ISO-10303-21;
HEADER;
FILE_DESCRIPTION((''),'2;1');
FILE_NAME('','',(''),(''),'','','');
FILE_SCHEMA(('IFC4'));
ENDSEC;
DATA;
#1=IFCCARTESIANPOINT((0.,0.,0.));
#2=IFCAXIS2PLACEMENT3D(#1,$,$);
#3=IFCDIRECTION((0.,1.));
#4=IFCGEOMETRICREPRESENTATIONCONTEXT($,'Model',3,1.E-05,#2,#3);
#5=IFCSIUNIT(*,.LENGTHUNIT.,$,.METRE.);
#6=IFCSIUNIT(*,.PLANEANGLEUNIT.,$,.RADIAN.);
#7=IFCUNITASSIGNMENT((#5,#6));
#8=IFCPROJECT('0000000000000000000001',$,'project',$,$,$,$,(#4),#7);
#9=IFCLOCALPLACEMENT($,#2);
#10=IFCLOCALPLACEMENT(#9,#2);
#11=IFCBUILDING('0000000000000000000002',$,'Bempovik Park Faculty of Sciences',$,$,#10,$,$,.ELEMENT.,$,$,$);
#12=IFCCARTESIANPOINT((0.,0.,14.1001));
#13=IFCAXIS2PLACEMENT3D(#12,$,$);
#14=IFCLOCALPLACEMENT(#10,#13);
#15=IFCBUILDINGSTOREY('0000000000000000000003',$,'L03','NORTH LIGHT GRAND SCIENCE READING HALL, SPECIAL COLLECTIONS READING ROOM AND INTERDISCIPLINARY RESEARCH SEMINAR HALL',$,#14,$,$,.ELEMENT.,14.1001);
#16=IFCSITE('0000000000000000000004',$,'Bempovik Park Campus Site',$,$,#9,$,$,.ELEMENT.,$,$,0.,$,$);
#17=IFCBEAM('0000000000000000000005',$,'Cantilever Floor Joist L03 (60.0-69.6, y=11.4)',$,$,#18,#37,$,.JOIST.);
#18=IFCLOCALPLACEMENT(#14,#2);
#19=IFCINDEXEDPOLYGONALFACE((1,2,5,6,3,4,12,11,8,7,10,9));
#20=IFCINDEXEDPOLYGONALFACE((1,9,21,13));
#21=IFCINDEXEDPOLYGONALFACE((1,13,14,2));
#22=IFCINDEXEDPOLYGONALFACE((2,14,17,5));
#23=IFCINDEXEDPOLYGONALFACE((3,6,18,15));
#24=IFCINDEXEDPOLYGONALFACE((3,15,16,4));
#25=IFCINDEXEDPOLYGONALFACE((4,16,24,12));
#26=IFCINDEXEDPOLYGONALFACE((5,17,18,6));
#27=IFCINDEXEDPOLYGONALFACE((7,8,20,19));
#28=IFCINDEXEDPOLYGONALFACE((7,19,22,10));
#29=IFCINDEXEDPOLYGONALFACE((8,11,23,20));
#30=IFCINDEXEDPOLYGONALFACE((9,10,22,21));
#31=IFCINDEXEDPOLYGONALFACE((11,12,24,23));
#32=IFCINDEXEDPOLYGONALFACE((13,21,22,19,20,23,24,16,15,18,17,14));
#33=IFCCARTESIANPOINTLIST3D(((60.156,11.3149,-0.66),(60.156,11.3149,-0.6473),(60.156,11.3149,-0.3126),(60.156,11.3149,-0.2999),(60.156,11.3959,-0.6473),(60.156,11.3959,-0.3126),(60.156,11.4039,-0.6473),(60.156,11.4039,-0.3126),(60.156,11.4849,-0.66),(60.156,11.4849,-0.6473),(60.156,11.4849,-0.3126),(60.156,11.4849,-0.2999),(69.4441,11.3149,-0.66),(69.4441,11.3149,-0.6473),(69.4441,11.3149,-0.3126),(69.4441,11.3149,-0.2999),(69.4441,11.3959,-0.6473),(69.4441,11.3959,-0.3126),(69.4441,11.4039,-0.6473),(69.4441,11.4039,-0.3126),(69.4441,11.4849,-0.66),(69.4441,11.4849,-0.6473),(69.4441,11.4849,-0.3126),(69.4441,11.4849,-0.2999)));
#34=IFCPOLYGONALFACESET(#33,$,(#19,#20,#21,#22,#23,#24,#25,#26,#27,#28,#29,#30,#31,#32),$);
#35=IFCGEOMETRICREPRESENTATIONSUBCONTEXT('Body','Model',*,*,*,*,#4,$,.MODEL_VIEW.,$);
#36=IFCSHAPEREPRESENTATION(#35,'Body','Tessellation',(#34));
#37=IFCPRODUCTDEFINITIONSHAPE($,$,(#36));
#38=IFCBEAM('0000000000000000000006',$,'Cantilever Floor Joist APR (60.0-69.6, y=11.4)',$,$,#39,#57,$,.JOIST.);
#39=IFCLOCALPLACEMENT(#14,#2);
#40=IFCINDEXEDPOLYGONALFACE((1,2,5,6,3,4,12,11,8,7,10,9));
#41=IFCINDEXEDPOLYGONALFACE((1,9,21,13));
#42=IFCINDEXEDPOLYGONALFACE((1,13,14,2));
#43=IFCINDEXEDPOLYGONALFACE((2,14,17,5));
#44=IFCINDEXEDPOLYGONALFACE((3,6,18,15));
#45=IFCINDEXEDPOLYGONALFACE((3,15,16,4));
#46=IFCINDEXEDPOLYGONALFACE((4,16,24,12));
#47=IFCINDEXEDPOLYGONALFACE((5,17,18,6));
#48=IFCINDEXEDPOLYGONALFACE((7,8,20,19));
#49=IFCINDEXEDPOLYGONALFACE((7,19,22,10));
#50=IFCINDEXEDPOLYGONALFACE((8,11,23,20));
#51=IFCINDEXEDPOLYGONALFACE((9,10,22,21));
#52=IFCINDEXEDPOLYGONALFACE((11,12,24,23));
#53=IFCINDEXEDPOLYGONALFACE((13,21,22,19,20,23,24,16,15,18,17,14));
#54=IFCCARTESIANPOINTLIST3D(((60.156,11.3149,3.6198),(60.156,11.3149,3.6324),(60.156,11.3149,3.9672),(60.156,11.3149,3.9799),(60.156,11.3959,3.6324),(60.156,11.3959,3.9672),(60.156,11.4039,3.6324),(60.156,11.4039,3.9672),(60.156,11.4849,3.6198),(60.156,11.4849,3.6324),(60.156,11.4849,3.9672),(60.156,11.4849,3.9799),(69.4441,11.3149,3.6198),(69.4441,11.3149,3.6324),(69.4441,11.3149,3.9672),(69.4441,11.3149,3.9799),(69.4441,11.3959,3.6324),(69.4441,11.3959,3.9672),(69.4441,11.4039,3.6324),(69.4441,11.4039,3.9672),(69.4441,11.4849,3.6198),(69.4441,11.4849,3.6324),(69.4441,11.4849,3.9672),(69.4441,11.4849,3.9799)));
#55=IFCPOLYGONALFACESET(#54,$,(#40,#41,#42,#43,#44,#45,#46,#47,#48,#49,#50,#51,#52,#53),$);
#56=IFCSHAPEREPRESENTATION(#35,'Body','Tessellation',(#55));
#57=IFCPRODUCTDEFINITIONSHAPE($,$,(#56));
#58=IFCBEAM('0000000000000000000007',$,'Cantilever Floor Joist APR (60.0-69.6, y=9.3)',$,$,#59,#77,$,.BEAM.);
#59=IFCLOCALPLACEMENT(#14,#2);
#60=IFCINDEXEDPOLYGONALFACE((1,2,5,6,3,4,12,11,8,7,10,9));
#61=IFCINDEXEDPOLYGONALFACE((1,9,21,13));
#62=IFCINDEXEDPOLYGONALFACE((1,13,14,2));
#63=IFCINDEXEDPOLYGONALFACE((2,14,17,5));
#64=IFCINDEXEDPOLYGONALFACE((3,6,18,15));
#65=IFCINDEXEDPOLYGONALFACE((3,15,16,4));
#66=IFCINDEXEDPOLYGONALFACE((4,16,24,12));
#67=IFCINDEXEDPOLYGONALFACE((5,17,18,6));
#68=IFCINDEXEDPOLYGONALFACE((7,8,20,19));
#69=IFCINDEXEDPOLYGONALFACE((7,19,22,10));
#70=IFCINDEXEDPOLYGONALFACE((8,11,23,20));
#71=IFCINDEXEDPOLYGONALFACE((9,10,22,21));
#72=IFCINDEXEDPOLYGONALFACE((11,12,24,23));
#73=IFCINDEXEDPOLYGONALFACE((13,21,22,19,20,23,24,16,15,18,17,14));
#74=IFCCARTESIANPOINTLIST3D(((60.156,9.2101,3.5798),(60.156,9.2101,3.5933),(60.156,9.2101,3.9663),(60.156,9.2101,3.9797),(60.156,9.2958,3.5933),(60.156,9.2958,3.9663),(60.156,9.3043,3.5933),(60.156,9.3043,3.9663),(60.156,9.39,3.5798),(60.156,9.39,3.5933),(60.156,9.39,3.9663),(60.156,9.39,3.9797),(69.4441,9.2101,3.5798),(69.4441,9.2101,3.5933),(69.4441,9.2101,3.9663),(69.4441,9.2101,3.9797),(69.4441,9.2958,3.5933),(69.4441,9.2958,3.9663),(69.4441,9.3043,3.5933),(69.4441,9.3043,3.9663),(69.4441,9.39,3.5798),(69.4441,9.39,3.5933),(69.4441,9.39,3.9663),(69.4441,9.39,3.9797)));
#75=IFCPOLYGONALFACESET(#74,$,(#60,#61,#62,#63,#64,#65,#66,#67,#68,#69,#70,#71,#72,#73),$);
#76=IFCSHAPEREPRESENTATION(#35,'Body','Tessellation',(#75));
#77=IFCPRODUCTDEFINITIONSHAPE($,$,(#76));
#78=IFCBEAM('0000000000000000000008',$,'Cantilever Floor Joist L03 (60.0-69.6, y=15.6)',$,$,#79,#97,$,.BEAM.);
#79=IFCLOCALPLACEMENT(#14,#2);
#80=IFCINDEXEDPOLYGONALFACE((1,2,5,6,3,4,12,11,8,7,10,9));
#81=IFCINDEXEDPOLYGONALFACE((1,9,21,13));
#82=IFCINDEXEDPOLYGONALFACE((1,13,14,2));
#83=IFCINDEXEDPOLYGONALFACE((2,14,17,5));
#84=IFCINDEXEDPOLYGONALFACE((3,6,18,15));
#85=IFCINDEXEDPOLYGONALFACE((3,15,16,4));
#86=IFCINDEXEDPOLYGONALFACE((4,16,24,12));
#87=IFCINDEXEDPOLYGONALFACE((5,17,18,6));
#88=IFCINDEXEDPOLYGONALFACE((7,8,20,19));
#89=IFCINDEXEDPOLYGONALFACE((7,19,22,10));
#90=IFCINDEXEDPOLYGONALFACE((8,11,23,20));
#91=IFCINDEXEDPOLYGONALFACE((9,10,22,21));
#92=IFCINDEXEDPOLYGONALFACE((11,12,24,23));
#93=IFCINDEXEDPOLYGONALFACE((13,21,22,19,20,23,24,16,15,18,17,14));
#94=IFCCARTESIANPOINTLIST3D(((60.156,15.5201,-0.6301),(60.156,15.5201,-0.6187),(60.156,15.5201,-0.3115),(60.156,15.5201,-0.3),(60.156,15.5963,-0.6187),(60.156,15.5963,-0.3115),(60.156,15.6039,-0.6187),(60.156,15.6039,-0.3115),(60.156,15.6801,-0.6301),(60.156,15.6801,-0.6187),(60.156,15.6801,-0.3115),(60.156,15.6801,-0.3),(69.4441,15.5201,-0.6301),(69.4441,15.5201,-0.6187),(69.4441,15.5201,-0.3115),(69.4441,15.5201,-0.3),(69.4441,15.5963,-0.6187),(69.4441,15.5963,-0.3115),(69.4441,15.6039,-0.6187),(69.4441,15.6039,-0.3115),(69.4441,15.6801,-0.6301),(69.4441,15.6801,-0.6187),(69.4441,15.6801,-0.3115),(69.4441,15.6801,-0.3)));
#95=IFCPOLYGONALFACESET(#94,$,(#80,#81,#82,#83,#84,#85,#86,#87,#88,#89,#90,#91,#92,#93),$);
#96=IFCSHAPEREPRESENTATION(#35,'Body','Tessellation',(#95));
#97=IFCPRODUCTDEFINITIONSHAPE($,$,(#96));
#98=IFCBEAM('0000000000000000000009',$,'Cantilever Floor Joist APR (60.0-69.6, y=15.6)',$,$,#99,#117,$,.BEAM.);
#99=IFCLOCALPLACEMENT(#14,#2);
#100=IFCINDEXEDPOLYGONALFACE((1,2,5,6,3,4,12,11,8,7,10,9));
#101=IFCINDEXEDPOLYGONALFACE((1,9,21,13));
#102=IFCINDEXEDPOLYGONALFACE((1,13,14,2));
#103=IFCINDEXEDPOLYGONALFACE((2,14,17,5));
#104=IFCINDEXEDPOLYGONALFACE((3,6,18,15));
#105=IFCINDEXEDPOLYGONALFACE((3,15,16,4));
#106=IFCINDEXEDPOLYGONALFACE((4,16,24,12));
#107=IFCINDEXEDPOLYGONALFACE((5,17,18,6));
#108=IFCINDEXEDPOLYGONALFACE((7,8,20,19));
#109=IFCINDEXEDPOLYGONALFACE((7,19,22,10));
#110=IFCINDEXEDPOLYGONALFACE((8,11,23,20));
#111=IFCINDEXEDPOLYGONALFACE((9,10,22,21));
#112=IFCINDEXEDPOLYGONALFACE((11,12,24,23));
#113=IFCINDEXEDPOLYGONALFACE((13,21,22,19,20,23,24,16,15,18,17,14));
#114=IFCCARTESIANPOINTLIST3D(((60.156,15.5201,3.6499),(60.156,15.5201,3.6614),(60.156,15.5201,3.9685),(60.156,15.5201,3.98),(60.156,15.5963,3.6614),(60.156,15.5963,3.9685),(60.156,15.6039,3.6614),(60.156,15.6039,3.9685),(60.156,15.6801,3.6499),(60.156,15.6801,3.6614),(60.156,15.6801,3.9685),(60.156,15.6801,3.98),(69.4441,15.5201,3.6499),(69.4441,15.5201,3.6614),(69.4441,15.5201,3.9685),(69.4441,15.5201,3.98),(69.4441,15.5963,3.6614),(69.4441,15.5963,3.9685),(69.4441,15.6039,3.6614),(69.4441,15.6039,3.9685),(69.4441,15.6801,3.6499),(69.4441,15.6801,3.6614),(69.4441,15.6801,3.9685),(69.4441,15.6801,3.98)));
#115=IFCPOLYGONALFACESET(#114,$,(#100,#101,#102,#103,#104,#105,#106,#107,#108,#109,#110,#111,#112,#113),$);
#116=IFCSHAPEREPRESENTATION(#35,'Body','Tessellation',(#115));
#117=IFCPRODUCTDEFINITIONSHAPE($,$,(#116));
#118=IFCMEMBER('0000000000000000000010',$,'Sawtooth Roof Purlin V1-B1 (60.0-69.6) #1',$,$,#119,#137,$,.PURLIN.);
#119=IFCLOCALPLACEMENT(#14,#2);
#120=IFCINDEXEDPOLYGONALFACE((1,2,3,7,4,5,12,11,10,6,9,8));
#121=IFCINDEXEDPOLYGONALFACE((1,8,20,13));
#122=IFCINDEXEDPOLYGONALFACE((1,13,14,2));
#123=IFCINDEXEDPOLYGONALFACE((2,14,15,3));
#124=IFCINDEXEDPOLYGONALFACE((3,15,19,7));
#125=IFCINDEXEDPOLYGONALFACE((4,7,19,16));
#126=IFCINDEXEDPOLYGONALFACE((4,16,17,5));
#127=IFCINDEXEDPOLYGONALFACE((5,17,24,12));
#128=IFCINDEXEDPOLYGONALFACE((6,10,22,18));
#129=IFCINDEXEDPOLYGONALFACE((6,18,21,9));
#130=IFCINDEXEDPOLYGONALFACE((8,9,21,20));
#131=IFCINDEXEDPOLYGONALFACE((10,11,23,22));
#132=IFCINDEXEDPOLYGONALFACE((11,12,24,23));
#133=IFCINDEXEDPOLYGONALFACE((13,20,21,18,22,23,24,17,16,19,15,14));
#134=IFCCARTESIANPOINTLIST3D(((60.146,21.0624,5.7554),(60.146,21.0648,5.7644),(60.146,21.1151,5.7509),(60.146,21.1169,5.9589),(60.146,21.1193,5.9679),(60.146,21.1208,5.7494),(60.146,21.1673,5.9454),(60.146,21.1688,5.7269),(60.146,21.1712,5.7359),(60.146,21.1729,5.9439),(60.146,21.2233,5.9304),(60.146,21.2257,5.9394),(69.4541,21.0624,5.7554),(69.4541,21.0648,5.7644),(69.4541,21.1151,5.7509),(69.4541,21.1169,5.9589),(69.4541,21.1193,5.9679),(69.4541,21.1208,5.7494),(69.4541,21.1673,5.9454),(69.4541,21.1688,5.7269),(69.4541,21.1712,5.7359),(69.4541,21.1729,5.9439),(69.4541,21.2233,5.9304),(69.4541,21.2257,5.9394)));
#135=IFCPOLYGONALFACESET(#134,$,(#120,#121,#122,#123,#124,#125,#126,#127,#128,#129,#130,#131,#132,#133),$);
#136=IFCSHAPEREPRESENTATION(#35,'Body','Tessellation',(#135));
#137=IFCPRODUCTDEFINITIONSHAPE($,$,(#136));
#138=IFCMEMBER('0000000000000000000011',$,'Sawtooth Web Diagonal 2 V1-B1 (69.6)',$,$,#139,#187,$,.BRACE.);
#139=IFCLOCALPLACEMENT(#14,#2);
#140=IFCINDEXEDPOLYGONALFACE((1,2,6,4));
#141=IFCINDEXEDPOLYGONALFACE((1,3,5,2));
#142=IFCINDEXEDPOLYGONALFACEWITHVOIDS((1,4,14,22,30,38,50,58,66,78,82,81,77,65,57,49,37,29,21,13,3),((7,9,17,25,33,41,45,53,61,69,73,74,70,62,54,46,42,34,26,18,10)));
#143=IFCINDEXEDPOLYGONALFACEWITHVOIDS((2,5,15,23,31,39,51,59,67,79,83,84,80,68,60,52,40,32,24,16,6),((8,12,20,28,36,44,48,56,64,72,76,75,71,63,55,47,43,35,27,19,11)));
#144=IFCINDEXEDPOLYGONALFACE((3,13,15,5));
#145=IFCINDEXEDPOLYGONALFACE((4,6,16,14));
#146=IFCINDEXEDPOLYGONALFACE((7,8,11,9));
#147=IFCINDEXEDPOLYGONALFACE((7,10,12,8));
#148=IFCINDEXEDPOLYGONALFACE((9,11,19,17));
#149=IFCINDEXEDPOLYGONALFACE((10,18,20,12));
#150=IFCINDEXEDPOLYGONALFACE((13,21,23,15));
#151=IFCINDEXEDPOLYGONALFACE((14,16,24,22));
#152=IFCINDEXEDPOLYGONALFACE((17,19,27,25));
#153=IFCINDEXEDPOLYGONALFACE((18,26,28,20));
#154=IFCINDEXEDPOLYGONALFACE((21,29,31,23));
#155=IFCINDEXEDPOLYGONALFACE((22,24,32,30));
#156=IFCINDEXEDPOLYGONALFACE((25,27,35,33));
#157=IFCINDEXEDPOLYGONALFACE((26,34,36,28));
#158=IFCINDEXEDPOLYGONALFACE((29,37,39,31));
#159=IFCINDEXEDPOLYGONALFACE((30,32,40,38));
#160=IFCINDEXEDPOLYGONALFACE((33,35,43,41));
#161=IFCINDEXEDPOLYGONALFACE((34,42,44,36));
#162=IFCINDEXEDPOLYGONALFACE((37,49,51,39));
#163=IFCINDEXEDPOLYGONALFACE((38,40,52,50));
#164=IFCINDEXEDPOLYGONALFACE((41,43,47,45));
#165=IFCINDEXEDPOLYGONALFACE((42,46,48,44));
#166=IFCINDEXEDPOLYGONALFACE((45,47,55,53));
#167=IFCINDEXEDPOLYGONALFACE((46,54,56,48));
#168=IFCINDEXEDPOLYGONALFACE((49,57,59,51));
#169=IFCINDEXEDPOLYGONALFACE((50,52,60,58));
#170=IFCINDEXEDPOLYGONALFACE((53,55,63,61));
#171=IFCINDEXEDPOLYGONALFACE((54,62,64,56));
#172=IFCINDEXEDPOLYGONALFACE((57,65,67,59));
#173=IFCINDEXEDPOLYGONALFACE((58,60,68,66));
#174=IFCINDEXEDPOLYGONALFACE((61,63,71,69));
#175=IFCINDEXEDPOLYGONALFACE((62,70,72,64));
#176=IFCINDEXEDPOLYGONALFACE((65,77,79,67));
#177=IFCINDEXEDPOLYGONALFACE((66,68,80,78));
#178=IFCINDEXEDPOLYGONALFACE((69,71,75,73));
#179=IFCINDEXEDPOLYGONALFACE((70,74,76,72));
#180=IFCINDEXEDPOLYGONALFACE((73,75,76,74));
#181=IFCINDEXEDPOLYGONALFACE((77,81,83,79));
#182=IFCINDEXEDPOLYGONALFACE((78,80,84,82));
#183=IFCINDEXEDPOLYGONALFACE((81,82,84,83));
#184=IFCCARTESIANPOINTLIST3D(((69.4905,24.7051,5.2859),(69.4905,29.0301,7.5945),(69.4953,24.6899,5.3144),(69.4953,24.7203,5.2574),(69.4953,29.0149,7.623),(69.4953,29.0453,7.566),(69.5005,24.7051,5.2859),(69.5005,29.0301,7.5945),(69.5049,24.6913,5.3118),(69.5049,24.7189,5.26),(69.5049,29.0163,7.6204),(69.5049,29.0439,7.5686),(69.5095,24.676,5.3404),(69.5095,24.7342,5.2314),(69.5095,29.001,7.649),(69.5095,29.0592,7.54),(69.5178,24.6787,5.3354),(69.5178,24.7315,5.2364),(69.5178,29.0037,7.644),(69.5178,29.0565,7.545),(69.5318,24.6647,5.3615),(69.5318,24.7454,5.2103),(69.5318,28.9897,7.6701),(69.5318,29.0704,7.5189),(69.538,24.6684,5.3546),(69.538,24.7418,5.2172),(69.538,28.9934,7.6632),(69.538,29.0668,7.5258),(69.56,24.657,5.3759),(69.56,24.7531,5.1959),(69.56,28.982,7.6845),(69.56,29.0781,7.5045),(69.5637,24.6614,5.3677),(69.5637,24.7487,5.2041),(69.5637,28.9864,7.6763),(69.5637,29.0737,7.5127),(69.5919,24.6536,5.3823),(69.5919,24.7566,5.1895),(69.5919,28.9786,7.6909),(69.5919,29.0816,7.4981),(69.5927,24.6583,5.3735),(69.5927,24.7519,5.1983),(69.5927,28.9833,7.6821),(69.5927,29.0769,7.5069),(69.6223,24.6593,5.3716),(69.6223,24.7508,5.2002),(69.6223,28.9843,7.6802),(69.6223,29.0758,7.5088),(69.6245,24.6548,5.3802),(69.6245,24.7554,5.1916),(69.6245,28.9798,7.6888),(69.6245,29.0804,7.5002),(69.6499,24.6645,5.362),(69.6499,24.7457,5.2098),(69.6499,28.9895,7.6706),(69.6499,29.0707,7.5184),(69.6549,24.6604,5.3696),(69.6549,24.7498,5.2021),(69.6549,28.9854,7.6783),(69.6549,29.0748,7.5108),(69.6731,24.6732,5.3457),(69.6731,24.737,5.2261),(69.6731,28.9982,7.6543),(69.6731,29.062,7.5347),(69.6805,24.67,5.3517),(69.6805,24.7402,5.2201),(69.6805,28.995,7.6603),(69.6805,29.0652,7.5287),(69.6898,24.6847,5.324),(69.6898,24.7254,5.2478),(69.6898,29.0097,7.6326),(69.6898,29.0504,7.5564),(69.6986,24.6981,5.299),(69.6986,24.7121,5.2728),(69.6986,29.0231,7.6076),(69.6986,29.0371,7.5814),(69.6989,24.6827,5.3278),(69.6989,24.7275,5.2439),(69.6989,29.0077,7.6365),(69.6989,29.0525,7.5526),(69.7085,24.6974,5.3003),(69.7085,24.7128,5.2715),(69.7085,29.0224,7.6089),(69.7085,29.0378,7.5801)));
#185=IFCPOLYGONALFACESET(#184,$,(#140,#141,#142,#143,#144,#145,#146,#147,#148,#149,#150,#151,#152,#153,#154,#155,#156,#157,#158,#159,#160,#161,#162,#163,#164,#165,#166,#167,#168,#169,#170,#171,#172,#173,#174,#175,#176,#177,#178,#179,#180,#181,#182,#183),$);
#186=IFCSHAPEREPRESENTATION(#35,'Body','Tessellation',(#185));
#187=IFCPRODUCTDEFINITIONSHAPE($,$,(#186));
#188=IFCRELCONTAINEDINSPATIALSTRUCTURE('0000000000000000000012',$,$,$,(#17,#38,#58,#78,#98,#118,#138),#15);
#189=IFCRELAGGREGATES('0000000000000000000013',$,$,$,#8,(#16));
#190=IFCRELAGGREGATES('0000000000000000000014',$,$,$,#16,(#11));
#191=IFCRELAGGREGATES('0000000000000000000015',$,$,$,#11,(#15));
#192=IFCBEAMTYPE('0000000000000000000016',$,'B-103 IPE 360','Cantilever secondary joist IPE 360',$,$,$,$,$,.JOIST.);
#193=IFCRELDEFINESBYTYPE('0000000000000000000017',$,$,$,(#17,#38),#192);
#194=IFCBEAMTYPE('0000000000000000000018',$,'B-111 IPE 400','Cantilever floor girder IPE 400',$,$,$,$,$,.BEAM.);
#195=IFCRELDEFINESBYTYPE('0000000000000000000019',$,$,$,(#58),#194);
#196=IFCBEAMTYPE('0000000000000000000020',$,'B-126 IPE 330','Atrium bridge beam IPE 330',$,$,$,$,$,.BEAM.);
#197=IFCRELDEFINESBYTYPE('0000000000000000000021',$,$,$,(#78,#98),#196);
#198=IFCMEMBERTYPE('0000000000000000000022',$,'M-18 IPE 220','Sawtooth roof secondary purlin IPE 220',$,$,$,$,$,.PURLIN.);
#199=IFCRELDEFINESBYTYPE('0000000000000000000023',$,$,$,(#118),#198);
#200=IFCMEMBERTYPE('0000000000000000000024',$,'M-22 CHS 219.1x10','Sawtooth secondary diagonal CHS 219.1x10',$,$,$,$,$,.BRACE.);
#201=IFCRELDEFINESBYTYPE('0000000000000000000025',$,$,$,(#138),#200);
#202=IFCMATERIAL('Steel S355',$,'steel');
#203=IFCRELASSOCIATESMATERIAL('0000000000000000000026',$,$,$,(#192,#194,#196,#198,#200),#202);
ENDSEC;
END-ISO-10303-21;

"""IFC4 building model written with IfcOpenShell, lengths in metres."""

from ifc_helpers import new_model, si_unit, direction, frame, origin, origin_2d, place, context, subcontext, project, spatial, hollow_circle, i_section, extrude, material, material_profile, profile_set, type_object, element, save


model = new_model("IFC4")

# Units and contexts
model_context = context("Model", 3, precision=1e-05, world=origin(), true_north=direction((0.0, 1.0)))
body_context = subcontext(model_context, "Body", "Model", "MODEL_VIEW")
ifc_project = project(units=[si_unit("LENGTHUNIT", "METRE"), si_unit("PLANEANGLEUNIT", "RADIAN")], contexts=[model_context])

# Site, building, storey
site_placement = place(None, origin())
site = spatial("IfcSite", under=ifc_project, at=site_placement, Name="Bempovik Park Campus Site", CompositionType="ELEMENT", RefElevation=0.0)
building_placement = place(site_placement, origin())
building = spatial("IfcBuilding", under=site, at=building_placement, Name="Bempovik Park Faculty of Sciences", CompositionType="ELEMENT")
storey_placement = place(building_placement, frame((0.0, 0.0, 14.1001)))
storey = spatial("IfcBuildingStorey", under=building, at=storey_placement, Name="L03", Description="NORTH LIGHT GRAND SCIENCE READING HALL, SPECIAL COLLECTIONS READING ROOM AND INTERDISCIPLINARY RESEARCH SEMINAR HALL", CompositionType="ELEMENT", Elevation=14.1001)

# Shared definitions
ifc_material_1 = material(Name="Steel S355", Category="steel")

# Beams
ifc_material_profile_1 = material_profile(ifc_material_1, i_section(OverallWidth=0.1699, OverallDepth=0.3601, WebThickness=0.0081, FlangeThickness=0.0127, at=origin_2d()), Name="IPE 360")
ifc_profile_set_1 = profile_set([ifc_material_profile_1], Name="Steel S355")
beam_type_1 = type_object("IfcBeamType", Name="B-103 IPE 360", Description="Cantilever secondary joist IPE 360", PredefinedType="JOIST", material=ifc_profile_set_1)
for number, where, z_axis, x_axis, name in (
    (1, (60.156, 11.3999, -0.48), (1.0, 0.0, 0.0), (0.0, 1.0, 0.0), "Cantilever Floor Joist L03 (60.0-69.6, y=11.4)"),
    (2, (60.156, 11.3999, 3.7998), (1.0, 0.0, 0.0), (0.0, 1.0, 0.0), "Cantilever Floor Joist APR (60.0-69.6, y=11.4)"),
):
    element("IfcBeam", number, at=place(storey_placement, frame(where, z_axis=z_axis, x_axis=x_axis)), inside=storey, type_object=beam_type_1, Name=name, PredefinedType="JOIST", context=body_context, shape_type="SweptSolid", body=[
        extrude(i_section(OverallWidth=0.1699, OverallDepth=0.3601, WebThickness=0.0081, FlangeThickness=0.0127, at=origin_2d()), origin(), (0.0, 0.0, 1.0), 9.2881),
    ])
ifc_material_profile_2 = material_profile(ifc_material_1, i_section(OverallWidth=0.1799, OverallDepth=0.3999, WebThickness=0.0085, FlangeThickness=0.0134, at=origin_2d()), Name="IPE 400")
ifc_profile_set_2 = profile_set([ifc_material_profile_2], Name="Steel S355")
beam_type_2 = type_object("IfcBeamType", Name="B-111 IPE 400", Description="Cantilever floor girder IPE 400", PredefinedType="BEAM", material=ifc_profile_set_2)
beam_1_placement = place(storey_placement, frame((60.156, 9.3, 3.7798), z_axis=(1.0, 0.0, 0.0), x_axis=(0.0, 1.0, 0.0)))
element("IfcBeam", 3, at=beam_1_placement, inside=storey, type_object=beam_type_2, Name="Cantilever Floor Joist APR (60.0-69.6, y=9.3)", PredefinedType="BEAM", context=body_context, shape_type="SweptSolid", body=[
    extrude(i_section(OverallWidth=0.1799, OverallDepth=0.3999, WebThickness=0.0085, FlangeThickness=0.0134, at=origin_2d()), origin(), (0.0, 0.0, 1.0), 9.2881),
])
ifc_material_profile_3 = material_profile(ifc_material_1, i_section(OverallWidth=0.1599, OverallDepth=0.3301, WebThickness=0.0076, FlangeThickness=0.0115, at=origin_2d()), Name="IPE 330")
ifc_profile_set_3 = profile_set([ifc_material_profile_3], Name="Steel S355")
beam_type_3 = type_object("IfcBeamType", Name="B-126 IPE 330", Description="Atrium bridge beam IPE 330", PredefinedType="BEAM", material=ifc_profile_set_3)
for number, where, z_axis, x_axis, name in (
    (4, (60.156, 15.6001, -0.4651), (1.0, 0.0, 0.0), (0.0, 1.0, 0.0), "Cantilever Floor Joist L03 (60.0-69.6, y=15.6)"),
    (5, (60.156, 15.6001, 3.8149), (1.0, 0.0, 0.0), (0.0, 1.0, 0.0), "Cantilever Floor Joist APR (60.0-69.6, y=15.6)"),
):
    element("IfcBeam", number, at=place(storey_placement, frame(where, z_axis=z_axis, x_axis=x_axis)), inside=storey, type_object=beam_type_3, Name=name, PredefinedType="BEAM", context=body_context, shape_type="SweptSolid", body=[
        extrude(i_section(OverallWidth=0.1599, OverallDepth=0.3301, WebThickness=0.0076, FlangeThickness=0.0115, at=origin_2d()), origin(), (0.0, 0.0, 1.0), 9.2881),
    ])

# Members
ifc_material_profile_4 = material_profile(ifc_material_1, i_section(OverallWidth=0.1101, OverallDepth=0.22, WebThickness=0.0059, FlangeThickness=0.0093, at=origin_2d()), Name="IPE 220")
ifc_profile_set_4 = profile_set([ifc_material_profile_4], Name="Steel S355")
member_type_1 = type_object("IfcMemberType", Name="M-18 IPE 220", Description="Sawtooth roof secondary purlin IPE 220", PredefinedType="PURLIN", material=ifc_profile_set_4)
member_1_placement = place(storey_placement, frame((60.146, 21.144, 5.8474), z_axis=(1.0, 0.0, 0.0), x_axis=(0.0, 0.965926, -0.258819)))
element("IfcMember", 6, at=member_1_placement, inside=storey, type_object=member_type_1, Name="Sawtooth Roof Purlin V1-B1 (60.0-69.6) #1", PredefinedType="PURLIN", context=body_context, shape_type="SweptSolid", body=[
    extrude(i_section(OverallWidth=0.1101, OverallDepth=0.22, WebThickness=0.0059, FlangeThickness=0.0093, at=origin_2d()), origin(), (0.0, 0.0, 1.0), 9.3081),
])
ifc_material_profile_5 = material_profile(ifc_material_1, hollow_circle(Radius=0.1096, WallThickness=0.01, at=origin_2d()), Name="CHS 219.1x10")
ifc_profile_set_5 = profile_set([ifc_material_profile_5], Name="Steel S355")
member_type_2 = type_object("IfcMemberType", Name="M-22 CHS 219.1x10", Description="Sawtooth secondary diagonal CHS 219.1x10", PredefinedType="BRACE", material=ifc_profile_set_5)
member_2_placement = place(storey_placement, frame((69.6001, 24.7051, 5.2859), z_axis=(0.0, 0.882187, 0.470898), x_axis=(-1.0, 0.0, 0.0)))
element("IfcMember", 7, at=member_2_placement, inside=storey, type_object=member_type_2, Name="Sawtooth Web Diagonal 2 V1-B1 (69.6)", PredefinedType="BRACE", context=body_context, shape_type="SweptSolid", body=[
    extrude(hollow_circle(Radius=0.1096, WallThickness=0.01, at=origin_2d()), origin(), (0.0, 0.0, 1.0), 4.9026),
])

save(model, "model.ifc")
